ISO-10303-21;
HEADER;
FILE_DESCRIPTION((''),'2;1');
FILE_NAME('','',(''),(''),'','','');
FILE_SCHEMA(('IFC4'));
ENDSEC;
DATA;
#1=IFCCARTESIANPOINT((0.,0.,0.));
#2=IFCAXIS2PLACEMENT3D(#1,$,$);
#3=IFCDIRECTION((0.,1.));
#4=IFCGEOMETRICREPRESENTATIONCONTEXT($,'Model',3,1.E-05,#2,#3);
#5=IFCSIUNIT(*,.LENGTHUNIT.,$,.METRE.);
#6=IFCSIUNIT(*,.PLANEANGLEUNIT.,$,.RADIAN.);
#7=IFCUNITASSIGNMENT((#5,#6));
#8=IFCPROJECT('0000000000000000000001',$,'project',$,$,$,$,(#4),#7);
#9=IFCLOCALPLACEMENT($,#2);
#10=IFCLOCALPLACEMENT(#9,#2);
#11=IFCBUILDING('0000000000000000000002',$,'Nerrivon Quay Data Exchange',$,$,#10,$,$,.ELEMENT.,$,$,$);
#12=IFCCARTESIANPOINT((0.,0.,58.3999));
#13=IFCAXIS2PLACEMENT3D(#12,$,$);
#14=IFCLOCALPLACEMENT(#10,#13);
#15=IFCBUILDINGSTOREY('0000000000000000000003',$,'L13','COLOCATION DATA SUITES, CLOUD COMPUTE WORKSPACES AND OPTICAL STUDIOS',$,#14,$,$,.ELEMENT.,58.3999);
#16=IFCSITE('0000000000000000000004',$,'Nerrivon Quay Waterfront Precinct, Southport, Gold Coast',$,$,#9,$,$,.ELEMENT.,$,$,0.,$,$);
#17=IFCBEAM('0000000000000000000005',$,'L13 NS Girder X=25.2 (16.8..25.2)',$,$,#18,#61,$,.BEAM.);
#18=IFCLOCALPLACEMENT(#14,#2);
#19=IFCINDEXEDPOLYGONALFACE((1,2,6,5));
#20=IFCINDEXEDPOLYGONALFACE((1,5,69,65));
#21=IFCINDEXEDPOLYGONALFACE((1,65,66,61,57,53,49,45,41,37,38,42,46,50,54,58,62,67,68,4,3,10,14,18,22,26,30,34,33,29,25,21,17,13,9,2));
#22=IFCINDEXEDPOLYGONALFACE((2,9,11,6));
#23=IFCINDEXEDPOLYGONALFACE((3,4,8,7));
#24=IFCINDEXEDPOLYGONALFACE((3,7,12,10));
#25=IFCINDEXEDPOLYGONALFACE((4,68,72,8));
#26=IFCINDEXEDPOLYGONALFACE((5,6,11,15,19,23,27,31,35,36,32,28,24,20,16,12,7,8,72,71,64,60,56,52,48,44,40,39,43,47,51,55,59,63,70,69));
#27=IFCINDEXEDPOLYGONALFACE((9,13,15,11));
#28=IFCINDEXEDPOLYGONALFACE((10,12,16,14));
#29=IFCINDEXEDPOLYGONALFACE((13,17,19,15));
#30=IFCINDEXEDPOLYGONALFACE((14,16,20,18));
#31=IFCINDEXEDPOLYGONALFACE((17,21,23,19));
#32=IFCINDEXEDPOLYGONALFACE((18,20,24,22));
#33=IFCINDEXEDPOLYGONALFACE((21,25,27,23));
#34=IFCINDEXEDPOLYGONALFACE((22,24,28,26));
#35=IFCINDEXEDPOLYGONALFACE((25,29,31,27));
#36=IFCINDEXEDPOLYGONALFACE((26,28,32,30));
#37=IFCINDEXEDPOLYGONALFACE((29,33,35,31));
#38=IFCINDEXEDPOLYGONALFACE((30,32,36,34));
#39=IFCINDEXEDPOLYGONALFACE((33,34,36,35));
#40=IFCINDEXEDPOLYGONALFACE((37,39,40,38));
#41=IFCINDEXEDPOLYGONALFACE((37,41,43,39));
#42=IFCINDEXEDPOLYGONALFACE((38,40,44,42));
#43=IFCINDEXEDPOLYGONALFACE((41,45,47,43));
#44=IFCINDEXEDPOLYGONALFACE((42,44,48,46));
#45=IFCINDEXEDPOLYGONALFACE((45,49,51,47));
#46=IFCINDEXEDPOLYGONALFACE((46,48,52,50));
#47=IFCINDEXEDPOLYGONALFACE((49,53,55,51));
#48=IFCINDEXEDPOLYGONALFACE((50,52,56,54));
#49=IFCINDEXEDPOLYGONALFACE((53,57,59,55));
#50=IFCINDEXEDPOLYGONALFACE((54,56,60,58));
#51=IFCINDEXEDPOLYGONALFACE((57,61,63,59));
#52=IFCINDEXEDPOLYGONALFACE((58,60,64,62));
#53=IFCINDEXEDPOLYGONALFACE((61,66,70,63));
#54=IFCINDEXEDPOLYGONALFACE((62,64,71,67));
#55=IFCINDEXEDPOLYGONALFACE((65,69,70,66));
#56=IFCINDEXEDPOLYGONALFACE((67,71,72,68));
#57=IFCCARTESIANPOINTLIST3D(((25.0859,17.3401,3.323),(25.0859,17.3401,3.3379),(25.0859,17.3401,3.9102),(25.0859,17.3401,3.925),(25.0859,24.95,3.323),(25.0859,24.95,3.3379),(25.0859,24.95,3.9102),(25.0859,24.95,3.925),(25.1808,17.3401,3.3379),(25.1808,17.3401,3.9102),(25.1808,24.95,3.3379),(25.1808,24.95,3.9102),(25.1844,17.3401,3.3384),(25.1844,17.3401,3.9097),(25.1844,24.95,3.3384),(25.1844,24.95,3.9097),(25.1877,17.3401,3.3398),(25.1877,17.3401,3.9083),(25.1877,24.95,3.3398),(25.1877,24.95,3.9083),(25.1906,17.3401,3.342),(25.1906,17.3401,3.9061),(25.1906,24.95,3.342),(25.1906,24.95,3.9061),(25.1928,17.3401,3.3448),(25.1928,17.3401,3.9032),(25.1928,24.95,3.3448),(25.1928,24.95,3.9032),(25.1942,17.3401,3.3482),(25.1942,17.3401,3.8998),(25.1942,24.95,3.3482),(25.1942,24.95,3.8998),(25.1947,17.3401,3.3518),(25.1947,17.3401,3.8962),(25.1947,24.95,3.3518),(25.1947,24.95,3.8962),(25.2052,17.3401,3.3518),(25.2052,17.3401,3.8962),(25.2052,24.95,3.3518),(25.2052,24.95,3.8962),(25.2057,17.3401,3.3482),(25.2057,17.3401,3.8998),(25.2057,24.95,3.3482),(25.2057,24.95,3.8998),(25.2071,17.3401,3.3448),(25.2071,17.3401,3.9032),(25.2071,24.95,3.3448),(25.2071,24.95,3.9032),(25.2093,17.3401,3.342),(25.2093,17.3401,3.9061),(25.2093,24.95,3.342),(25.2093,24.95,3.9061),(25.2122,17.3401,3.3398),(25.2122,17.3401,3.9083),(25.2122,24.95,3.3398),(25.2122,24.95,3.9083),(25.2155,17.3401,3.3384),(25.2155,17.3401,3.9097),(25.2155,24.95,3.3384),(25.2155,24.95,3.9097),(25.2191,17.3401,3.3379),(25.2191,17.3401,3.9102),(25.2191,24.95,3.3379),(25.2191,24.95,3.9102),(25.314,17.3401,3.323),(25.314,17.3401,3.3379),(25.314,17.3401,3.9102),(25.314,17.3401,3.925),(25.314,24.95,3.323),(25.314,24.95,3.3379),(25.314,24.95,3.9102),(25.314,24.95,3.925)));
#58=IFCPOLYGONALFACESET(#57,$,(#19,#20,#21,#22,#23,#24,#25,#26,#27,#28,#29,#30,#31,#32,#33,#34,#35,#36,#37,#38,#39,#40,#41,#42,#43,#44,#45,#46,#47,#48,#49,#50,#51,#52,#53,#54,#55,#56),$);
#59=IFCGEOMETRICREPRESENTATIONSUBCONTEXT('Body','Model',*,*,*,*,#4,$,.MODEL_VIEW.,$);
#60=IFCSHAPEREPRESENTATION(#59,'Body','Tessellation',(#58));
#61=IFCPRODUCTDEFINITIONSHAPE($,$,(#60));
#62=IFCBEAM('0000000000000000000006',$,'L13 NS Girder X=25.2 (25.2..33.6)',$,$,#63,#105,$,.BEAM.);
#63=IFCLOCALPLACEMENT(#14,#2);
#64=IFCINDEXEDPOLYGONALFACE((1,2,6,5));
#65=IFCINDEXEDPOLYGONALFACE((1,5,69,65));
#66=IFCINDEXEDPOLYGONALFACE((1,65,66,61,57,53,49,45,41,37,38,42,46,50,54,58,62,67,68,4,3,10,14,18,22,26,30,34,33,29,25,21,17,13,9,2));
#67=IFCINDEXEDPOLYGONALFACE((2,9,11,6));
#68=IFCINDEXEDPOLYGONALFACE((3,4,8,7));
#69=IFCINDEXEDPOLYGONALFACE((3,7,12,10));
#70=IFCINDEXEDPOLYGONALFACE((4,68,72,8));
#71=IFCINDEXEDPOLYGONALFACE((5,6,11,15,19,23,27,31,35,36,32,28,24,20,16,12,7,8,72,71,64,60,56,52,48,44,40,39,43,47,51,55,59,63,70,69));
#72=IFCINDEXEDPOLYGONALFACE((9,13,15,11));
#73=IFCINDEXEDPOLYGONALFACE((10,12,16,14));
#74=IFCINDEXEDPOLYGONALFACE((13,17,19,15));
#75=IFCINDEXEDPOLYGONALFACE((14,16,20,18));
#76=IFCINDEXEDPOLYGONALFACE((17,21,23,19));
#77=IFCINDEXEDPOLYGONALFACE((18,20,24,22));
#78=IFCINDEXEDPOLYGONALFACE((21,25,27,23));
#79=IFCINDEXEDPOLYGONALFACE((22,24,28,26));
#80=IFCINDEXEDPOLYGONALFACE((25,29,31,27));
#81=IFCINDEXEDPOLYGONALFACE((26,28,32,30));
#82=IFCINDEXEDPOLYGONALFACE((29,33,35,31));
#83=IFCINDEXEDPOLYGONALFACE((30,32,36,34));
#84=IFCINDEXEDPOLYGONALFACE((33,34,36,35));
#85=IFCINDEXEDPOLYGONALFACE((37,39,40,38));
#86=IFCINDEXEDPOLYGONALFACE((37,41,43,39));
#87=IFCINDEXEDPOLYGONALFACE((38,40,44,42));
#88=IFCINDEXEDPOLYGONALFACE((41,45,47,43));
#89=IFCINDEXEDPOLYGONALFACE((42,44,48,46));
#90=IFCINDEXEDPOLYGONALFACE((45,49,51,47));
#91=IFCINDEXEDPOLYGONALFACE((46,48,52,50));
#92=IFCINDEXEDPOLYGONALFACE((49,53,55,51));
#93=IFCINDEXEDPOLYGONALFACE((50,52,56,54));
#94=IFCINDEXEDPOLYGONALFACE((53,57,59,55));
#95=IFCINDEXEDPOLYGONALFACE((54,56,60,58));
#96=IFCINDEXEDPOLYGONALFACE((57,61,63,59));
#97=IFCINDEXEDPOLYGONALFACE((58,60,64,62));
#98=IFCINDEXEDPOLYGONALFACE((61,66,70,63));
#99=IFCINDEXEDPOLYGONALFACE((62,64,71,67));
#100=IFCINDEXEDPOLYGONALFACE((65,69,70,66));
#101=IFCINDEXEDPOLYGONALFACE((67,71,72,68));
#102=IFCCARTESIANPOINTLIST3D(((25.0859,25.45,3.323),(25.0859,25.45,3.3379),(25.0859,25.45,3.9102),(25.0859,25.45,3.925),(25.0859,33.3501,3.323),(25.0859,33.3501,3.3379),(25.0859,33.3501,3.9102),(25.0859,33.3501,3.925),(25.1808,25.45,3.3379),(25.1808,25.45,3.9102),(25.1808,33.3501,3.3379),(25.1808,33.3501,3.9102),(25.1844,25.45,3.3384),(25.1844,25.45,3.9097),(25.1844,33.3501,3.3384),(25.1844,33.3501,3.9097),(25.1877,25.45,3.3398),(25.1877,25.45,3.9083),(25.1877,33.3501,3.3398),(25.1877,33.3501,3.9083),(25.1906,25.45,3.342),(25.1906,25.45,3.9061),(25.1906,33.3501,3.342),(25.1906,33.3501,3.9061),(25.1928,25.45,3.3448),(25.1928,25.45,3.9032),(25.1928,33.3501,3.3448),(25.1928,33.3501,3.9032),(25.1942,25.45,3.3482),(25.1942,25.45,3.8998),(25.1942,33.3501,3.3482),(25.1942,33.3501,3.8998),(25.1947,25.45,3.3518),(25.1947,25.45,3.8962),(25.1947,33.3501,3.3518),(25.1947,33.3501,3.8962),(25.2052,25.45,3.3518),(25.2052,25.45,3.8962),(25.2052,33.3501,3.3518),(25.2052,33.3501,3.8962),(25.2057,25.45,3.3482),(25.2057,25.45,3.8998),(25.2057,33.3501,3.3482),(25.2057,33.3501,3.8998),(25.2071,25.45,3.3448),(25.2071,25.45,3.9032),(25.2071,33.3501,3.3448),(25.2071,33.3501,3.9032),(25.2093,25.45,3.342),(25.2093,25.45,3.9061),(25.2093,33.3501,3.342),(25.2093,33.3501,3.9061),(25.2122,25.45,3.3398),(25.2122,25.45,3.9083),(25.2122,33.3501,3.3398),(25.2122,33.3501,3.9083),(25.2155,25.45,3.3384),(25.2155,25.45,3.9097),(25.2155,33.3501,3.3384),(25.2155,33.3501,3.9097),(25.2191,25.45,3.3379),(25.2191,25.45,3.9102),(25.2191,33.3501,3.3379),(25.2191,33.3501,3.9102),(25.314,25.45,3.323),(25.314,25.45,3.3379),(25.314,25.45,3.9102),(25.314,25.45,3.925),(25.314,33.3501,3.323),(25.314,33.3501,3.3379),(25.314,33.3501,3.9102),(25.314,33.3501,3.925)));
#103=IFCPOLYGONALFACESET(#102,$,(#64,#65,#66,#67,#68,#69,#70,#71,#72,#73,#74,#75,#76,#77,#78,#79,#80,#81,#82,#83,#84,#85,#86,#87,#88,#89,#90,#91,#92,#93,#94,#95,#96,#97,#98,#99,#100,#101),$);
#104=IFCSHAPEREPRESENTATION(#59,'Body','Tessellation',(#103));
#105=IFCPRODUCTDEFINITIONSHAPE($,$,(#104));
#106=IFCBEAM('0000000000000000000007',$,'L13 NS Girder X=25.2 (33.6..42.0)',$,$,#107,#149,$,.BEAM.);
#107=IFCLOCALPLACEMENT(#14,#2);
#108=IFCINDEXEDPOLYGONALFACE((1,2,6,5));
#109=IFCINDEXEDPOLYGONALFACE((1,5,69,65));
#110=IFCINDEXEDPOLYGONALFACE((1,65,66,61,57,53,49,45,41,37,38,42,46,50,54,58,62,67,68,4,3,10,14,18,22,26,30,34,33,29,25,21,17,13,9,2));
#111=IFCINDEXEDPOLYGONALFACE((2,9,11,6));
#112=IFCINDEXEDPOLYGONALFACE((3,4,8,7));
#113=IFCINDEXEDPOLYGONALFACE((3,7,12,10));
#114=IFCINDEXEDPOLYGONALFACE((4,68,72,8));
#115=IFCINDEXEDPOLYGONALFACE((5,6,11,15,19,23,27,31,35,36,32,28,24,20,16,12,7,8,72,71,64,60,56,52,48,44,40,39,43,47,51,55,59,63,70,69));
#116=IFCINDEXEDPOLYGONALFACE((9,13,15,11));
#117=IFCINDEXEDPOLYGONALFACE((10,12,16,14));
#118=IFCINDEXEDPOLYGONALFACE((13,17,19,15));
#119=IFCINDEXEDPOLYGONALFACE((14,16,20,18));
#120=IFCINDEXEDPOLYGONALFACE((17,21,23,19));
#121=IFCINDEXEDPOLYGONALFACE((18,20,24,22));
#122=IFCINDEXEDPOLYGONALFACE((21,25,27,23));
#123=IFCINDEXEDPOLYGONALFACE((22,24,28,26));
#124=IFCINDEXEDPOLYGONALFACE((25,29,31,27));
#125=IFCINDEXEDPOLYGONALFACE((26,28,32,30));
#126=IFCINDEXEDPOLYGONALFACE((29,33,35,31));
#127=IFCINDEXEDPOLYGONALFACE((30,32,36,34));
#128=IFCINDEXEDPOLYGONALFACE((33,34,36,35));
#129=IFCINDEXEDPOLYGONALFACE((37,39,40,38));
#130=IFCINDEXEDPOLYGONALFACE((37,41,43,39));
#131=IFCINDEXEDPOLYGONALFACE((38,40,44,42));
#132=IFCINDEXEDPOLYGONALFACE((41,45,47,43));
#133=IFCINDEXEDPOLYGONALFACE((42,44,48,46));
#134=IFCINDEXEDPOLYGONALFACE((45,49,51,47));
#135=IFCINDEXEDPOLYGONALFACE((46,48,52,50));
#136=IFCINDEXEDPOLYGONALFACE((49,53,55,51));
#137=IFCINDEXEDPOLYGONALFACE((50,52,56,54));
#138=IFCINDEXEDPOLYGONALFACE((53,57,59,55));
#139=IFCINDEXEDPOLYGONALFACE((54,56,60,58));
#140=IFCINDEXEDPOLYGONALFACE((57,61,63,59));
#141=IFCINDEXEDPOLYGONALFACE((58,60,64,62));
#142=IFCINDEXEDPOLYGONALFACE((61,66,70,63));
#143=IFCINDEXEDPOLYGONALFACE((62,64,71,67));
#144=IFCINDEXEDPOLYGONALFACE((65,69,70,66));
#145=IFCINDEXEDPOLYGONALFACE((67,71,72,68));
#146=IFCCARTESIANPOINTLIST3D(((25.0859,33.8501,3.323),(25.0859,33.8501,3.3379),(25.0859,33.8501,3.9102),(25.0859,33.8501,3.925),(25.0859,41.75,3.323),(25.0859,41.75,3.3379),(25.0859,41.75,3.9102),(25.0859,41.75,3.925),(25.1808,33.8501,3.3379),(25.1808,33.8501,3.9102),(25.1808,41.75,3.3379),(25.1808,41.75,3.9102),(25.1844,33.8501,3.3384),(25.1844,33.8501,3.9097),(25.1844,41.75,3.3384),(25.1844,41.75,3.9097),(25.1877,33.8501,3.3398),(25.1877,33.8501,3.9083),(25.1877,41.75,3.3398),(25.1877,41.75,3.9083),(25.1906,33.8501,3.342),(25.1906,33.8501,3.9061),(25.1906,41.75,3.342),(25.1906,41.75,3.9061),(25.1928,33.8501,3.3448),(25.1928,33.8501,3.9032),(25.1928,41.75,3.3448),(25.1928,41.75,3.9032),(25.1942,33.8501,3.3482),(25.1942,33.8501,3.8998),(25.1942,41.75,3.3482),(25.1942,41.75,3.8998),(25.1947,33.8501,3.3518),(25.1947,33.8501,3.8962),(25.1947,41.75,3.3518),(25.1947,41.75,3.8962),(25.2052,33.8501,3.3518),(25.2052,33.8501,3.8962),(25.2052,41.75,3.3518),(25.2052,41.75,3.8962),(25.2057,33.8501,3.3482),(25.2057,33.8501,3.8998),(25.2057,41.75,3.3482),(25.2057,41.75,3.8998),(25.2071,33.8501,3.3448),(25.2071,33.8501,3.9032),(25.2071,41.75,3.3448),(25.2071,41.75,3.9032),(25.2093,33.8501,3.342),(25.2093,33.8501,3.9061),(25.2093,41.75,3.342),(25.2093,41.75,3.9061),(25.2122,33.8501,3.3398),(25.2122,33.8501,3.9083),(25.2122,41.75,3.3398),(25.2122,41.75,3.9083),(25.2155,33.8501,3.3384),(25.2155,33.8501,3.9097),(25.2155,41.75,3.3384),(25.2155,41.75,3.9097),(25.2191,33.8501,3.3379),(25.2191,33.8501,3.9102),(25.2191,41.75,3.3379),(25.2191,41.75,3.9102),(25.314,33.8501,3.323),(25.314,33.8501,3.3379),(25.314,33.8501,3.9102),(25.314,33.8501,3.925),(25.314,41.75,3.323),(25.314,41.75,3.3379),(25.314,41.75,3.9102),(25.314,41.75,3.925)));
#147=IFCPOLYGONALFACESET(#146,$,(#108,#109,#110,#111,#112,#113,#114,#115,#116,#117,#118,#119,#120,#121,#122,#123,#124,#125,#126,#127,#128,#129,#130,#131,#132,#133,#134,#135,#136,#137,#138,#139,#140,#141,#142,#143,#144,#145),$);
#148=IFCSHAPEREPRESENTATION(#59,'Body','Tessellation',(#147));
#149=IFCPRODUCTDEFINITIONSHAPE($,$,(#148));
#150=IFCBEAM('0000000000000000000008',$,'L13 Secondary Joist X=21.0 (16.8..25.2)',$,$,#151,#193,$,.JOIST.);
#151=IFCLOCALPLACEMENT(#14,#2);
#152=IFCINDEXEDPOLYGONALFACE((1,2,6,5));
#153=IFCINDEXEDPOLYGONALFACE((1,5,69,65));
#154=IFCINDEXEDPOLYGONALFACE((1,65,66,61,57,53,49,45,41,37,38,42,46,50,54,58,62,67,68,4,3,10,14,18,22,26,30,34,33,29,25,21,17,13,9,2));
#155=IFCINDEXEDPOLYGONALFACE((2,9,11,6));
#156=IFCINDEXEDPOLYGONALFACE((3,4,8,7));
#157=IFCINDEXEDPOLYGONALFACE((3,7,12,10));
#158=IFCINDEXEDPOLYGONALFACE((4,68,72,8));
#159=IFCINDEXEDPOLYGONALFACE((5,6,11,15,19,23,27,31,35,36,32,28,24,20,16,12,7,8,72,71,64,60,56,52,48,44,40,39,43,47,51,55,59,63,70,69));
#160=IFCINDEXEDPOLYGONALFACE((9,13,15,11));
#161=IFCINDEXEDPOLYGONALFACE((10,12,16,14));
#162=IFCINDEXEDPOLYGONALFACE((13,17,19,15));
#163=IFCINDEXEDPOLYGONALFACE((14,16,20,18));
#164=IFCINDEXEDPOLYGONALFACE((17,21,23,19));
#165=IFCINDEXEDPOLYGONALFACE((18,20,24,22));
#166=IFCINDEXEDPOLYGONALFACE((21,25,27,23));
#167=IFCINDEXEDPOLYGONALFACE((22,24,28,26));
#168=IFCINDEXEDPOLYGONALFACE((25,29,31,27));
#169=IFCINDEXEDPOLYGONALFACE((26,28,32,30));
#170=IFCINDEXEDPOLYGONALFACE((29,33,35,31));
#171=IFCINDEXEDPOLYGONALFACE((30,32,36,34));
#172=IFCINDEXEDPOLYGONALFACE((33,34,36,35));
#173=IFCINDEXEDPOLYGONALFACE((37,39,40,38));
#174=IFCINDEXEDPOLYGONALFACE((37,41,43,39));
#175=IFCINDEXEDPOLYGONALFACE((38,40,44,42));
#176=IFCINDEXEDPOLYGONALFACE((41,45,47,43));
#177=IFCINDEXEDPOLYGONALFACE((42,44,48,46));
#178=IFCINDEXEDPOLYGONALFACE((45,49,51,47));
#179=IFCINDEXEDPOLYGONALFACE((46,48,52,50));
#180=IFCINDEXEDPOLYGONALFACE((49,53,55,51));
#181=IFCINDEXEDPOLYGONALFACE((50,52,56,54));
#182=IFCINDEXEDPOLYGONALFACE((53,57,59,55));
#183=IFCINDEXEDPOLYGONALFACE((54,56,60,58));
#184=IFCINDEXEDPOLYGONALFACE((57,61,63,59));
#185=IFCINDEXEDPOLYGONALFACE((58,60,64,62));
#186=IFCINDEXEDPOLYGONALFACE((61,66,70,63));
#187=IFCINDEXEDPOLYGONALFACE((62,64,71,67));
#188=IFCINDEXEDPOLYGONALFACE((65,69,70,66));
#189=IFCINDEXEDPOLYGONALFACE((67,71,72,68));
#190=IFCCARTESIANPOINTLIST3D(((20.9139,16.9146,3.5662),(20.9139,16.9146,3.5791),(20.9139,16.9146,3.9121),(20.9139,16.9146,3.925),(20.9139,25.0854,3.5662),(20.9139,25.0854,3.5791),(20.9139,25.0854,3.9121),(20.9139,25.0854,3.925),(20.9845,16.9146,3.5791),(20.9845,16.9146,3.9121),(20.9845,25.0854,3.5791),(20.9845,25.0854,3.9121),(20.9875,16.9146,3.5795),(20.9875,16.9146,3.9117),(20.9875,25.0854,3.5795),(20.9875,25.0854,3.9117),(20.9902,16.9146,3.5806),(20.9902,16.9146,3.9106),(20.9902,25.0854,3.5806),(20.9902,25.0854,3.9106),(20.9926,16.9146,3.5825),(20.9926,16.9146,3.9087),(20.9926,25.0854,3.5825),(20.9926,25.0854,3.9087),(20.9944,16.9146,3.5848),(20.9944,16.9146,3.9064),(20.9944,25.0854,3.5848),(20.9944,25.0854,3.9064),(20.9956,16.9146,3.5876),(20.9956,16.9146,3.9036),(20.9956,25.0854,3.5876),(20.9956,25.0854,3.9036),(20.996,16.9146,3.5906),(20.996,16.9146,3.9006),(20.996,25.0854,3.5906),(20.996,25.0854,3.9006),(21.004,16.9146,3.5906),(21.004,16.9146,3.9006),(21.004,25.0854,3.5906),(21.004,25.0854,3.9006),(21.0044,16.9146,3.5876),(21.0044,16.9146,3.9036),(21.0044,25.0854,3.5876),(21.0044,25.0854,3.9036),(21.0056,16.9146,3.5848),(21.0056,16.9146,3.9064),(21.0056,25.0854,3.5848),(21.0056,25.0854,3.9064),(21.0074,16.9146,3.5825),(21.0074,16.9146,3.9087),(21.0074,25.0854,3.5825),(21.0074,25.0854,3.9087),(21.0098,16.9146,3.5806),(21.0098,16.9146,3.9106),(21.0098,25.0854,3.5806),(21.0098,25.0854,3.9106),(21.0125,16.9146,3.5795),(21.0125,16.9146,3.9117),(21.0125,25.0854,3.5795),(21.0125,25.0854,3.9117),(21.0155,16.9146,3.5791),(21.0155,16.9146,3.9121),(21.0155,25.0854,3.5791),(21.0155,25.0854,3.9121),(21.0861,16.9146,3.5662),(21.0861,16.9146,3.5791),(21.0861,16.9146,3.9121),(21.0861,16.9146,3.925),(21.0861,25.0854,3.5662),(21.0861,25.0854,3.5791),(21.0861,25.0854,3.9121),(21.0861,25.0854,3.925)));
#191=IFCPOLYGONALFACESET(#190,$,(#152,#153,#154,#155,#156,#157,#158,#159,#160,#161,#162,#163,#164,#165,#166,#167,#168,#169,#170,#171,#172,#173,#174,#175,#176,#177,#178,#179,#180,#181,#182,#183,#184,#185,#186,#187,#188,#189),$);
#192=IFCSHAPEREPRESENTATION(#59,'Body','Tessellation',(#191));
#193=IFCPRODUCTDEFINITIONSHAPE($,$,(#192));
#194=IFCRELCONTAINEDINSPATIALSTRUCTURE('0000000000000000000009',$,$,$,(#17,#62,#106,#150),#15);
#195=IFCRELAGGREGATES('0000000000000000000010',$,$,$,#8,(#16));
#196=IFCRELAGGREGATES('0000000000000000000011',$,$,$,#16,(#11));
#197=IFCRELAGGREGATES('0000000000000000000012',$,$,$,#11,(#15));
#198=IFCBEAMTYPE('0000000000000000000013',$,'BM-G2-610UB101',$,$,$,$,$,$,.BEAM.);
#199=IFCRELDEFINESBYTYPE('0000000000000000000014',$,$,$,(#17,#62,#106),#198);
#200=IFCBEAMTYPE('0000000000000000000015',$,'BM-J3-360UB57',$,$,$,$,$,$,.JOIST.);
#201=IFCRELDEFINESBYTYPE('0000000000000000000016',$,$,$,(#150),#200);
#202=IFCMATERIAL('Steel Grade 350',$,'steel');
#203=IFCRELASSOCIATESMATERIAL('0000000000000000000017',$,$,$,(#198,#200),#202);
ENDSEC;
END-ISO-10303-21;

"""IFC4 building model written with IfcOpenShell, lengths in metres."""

from ifc_helpers import new_model, si_unit, direction, frame, origin, origin_2d, place, context, subcontext, project, spatial, i_section, extrude, material, material_profile, profile_set, type_object, element, save


model = new_model("IFC4")

# Units and contexts
model_context = context("Model", 3, precision=1e-05, world=origin(), true_north=direction((0.0, 1.0)))
body_context = subcontext(model_context, "Body", "Model", "MODEL_VIEW")
ifc_project = project(units=[si_unit("LENGTHUNIT", "METRE"), si_unit("PLANEANGLEUNIT", "RADIAN")], contexts=[model_context])

# Site, building, storey
site_placement = place(None, origin())
site = spatial("IfcSite", under=ifc_project, at=site_placement, Name="Nerrivon Quay Waterfront Precinct, Southport, Gold Coast", CompositionType="ELEMENT", RefElevation=0.0)
building_placement = place(site_placement, origin())
building = spatial("IfcBuilding", under=site, at=building_placement, Name="Nerrivon Quay Data Exchange", CompositionType="ELEMENT")
storey_placement = place(building_placement, frame((0.0, 0.0, 58.3999)))
storey = spatial("IfcBuildingStorey", under=building, at=storey_placement, Name="L13", Description="COLOCATION DATA SUITES, CLOUD COMPUTE WORKSPACES AND OPTICAL STUDIOS", CompositionType="ELEMENT", Elevation=58.3999)

# Shared definitions
ifc_material_1 = material(Name="Steel Grade 350", Category="steel")

# Beams
ifc_material_profile_1 = material_profile(ifc_material_1, i_section(OverallWidth=0.228, OverallDepth=0.6021, WebThickness=0.0105, FlangeThickness=0.0149, FilletRadius=0.0139, at=origin_2d()), Name="610UB101")
ifc_profile_set_1 = profile_set([ifc_material_profile_1], Name="Steel Grade 350")
beam_type_1 = type_object("IfcBeamType", Name="BM-G2-610UB101", PredefinedType="BEAM", material=ifc_profile_set_1)
beam_1_placement = place(storey_placement, frame((25.2, 17.3401, 3.624), z_axis=(0.0, 1.0, 0.0), x_axis=(-1.0, 0.0, 0.0)))
element("IfcBeam", 1, at=beam_1_placement, inside=storey, type_object=beam_type_1, Name="L13 NS Girder X=25.2 (16.8..25.2)", PredefinedType="BEAM", context=body_context, shape_type="SweptSolid", body=[
    extrude(i_section(OverallWidth=0.228, OverallDepth=0.6021, WebThickness=0.0105, FlangeThickness=0.0149, FilletRadius=0.0139, at=origin_2d()), origin(), (0.0, 0.0, 1.0), 7.6099),
])
beam_2_placement = place(storey_placement, frame((25.2, 25.45, 3.624), z_axis=(0.0, 1.0, 0.0), x_axis=(-1.0, 0.0, 0.0)))
element("IfcBeam", 2, at=beam_2_placement, inside=storey, type_object=beam_type_1, Name="L13 NS Girder X=25.2 (25.2..33.6)", PredefinedType="BEAM", context=body_context, shape_type="SweptSolid", body=[
    extrude(i_section(OverallWidth=0.228, OverallDepth=0.6021, WebThickness=0.0105, FlangeThickness=0.0149, FilletRadius=0.0139, at=origin_2d()), origin(), (0.0, 0.0, 1.0), 7.9001),
])
beam_3_placement = place(storey_placement, frame((25.2, 33.8501, 3.624), z_axis=(0.0, 1.0, 0.0), x_axis=(-1.0, 0.0, 0.0)))
element("IfcBeam", 3, at=beam_3_placement, inside=storey, type_object=beam_type_1, Name="L13 NS Girder X=25.2 (33.6..42.0)", PredefinedType="BEAM", context=body_context, shape_type="SweptSolid", body=[
    extrude(i_section(OverallWidth=0.228, OverallDepth=0.6021, WebThickness=0.0105, FlangeThickness=0.0149, FilletRadius=0.0139, at=origin_2d()), origin(), (0.0, 0.0, 1.0), 7.8999),
])
ifc_material_profile_2 = material_profile(ifc_material_1, i_section(OverallWidth=0.1721, OverallDepth=0.3589, WebThickness=0.0081, FlangeThickness=0.0129, FilletRadius=0.0115, at=origin_2d()), Name="360UB56.7")
ifc_profile_set_2 = profile_set([ifc_material_profile_2], Name="Steel Grade 350")
beam_type_2 = type_object("IfcBeamType", Name="BM-J3-360UB57", PredefinedType="JOIST", material=ifc_profile_set_2)
beam_4_placement = place(storey_placement, frame((21.0, 16.9146, 3.7456), z_axis=(0.0, 1.0, 0.0), x_axis=(-1.0, 0.0, 0.0)))
element("IfcBeam", 4, at=beam_4_placement, inside=storey, type_object=beam_type_2, Name="L13 Secondary Joist X=21.0 (16.8..25.2)", PredefinedType="JOIST", context=body_context, shape_type="SweptSolid", body=[
    extrude(i_section(OverallWidth=0.1721, OverallDepth=0.3589, WebThickness=0.0081, FlangeThickness=0.0129, FilletRadius=0.0115, at=origin_2d()), origin(), (0.0, 0.0, 1.0), 8.1709),
])

save(model, "model.ifc")
